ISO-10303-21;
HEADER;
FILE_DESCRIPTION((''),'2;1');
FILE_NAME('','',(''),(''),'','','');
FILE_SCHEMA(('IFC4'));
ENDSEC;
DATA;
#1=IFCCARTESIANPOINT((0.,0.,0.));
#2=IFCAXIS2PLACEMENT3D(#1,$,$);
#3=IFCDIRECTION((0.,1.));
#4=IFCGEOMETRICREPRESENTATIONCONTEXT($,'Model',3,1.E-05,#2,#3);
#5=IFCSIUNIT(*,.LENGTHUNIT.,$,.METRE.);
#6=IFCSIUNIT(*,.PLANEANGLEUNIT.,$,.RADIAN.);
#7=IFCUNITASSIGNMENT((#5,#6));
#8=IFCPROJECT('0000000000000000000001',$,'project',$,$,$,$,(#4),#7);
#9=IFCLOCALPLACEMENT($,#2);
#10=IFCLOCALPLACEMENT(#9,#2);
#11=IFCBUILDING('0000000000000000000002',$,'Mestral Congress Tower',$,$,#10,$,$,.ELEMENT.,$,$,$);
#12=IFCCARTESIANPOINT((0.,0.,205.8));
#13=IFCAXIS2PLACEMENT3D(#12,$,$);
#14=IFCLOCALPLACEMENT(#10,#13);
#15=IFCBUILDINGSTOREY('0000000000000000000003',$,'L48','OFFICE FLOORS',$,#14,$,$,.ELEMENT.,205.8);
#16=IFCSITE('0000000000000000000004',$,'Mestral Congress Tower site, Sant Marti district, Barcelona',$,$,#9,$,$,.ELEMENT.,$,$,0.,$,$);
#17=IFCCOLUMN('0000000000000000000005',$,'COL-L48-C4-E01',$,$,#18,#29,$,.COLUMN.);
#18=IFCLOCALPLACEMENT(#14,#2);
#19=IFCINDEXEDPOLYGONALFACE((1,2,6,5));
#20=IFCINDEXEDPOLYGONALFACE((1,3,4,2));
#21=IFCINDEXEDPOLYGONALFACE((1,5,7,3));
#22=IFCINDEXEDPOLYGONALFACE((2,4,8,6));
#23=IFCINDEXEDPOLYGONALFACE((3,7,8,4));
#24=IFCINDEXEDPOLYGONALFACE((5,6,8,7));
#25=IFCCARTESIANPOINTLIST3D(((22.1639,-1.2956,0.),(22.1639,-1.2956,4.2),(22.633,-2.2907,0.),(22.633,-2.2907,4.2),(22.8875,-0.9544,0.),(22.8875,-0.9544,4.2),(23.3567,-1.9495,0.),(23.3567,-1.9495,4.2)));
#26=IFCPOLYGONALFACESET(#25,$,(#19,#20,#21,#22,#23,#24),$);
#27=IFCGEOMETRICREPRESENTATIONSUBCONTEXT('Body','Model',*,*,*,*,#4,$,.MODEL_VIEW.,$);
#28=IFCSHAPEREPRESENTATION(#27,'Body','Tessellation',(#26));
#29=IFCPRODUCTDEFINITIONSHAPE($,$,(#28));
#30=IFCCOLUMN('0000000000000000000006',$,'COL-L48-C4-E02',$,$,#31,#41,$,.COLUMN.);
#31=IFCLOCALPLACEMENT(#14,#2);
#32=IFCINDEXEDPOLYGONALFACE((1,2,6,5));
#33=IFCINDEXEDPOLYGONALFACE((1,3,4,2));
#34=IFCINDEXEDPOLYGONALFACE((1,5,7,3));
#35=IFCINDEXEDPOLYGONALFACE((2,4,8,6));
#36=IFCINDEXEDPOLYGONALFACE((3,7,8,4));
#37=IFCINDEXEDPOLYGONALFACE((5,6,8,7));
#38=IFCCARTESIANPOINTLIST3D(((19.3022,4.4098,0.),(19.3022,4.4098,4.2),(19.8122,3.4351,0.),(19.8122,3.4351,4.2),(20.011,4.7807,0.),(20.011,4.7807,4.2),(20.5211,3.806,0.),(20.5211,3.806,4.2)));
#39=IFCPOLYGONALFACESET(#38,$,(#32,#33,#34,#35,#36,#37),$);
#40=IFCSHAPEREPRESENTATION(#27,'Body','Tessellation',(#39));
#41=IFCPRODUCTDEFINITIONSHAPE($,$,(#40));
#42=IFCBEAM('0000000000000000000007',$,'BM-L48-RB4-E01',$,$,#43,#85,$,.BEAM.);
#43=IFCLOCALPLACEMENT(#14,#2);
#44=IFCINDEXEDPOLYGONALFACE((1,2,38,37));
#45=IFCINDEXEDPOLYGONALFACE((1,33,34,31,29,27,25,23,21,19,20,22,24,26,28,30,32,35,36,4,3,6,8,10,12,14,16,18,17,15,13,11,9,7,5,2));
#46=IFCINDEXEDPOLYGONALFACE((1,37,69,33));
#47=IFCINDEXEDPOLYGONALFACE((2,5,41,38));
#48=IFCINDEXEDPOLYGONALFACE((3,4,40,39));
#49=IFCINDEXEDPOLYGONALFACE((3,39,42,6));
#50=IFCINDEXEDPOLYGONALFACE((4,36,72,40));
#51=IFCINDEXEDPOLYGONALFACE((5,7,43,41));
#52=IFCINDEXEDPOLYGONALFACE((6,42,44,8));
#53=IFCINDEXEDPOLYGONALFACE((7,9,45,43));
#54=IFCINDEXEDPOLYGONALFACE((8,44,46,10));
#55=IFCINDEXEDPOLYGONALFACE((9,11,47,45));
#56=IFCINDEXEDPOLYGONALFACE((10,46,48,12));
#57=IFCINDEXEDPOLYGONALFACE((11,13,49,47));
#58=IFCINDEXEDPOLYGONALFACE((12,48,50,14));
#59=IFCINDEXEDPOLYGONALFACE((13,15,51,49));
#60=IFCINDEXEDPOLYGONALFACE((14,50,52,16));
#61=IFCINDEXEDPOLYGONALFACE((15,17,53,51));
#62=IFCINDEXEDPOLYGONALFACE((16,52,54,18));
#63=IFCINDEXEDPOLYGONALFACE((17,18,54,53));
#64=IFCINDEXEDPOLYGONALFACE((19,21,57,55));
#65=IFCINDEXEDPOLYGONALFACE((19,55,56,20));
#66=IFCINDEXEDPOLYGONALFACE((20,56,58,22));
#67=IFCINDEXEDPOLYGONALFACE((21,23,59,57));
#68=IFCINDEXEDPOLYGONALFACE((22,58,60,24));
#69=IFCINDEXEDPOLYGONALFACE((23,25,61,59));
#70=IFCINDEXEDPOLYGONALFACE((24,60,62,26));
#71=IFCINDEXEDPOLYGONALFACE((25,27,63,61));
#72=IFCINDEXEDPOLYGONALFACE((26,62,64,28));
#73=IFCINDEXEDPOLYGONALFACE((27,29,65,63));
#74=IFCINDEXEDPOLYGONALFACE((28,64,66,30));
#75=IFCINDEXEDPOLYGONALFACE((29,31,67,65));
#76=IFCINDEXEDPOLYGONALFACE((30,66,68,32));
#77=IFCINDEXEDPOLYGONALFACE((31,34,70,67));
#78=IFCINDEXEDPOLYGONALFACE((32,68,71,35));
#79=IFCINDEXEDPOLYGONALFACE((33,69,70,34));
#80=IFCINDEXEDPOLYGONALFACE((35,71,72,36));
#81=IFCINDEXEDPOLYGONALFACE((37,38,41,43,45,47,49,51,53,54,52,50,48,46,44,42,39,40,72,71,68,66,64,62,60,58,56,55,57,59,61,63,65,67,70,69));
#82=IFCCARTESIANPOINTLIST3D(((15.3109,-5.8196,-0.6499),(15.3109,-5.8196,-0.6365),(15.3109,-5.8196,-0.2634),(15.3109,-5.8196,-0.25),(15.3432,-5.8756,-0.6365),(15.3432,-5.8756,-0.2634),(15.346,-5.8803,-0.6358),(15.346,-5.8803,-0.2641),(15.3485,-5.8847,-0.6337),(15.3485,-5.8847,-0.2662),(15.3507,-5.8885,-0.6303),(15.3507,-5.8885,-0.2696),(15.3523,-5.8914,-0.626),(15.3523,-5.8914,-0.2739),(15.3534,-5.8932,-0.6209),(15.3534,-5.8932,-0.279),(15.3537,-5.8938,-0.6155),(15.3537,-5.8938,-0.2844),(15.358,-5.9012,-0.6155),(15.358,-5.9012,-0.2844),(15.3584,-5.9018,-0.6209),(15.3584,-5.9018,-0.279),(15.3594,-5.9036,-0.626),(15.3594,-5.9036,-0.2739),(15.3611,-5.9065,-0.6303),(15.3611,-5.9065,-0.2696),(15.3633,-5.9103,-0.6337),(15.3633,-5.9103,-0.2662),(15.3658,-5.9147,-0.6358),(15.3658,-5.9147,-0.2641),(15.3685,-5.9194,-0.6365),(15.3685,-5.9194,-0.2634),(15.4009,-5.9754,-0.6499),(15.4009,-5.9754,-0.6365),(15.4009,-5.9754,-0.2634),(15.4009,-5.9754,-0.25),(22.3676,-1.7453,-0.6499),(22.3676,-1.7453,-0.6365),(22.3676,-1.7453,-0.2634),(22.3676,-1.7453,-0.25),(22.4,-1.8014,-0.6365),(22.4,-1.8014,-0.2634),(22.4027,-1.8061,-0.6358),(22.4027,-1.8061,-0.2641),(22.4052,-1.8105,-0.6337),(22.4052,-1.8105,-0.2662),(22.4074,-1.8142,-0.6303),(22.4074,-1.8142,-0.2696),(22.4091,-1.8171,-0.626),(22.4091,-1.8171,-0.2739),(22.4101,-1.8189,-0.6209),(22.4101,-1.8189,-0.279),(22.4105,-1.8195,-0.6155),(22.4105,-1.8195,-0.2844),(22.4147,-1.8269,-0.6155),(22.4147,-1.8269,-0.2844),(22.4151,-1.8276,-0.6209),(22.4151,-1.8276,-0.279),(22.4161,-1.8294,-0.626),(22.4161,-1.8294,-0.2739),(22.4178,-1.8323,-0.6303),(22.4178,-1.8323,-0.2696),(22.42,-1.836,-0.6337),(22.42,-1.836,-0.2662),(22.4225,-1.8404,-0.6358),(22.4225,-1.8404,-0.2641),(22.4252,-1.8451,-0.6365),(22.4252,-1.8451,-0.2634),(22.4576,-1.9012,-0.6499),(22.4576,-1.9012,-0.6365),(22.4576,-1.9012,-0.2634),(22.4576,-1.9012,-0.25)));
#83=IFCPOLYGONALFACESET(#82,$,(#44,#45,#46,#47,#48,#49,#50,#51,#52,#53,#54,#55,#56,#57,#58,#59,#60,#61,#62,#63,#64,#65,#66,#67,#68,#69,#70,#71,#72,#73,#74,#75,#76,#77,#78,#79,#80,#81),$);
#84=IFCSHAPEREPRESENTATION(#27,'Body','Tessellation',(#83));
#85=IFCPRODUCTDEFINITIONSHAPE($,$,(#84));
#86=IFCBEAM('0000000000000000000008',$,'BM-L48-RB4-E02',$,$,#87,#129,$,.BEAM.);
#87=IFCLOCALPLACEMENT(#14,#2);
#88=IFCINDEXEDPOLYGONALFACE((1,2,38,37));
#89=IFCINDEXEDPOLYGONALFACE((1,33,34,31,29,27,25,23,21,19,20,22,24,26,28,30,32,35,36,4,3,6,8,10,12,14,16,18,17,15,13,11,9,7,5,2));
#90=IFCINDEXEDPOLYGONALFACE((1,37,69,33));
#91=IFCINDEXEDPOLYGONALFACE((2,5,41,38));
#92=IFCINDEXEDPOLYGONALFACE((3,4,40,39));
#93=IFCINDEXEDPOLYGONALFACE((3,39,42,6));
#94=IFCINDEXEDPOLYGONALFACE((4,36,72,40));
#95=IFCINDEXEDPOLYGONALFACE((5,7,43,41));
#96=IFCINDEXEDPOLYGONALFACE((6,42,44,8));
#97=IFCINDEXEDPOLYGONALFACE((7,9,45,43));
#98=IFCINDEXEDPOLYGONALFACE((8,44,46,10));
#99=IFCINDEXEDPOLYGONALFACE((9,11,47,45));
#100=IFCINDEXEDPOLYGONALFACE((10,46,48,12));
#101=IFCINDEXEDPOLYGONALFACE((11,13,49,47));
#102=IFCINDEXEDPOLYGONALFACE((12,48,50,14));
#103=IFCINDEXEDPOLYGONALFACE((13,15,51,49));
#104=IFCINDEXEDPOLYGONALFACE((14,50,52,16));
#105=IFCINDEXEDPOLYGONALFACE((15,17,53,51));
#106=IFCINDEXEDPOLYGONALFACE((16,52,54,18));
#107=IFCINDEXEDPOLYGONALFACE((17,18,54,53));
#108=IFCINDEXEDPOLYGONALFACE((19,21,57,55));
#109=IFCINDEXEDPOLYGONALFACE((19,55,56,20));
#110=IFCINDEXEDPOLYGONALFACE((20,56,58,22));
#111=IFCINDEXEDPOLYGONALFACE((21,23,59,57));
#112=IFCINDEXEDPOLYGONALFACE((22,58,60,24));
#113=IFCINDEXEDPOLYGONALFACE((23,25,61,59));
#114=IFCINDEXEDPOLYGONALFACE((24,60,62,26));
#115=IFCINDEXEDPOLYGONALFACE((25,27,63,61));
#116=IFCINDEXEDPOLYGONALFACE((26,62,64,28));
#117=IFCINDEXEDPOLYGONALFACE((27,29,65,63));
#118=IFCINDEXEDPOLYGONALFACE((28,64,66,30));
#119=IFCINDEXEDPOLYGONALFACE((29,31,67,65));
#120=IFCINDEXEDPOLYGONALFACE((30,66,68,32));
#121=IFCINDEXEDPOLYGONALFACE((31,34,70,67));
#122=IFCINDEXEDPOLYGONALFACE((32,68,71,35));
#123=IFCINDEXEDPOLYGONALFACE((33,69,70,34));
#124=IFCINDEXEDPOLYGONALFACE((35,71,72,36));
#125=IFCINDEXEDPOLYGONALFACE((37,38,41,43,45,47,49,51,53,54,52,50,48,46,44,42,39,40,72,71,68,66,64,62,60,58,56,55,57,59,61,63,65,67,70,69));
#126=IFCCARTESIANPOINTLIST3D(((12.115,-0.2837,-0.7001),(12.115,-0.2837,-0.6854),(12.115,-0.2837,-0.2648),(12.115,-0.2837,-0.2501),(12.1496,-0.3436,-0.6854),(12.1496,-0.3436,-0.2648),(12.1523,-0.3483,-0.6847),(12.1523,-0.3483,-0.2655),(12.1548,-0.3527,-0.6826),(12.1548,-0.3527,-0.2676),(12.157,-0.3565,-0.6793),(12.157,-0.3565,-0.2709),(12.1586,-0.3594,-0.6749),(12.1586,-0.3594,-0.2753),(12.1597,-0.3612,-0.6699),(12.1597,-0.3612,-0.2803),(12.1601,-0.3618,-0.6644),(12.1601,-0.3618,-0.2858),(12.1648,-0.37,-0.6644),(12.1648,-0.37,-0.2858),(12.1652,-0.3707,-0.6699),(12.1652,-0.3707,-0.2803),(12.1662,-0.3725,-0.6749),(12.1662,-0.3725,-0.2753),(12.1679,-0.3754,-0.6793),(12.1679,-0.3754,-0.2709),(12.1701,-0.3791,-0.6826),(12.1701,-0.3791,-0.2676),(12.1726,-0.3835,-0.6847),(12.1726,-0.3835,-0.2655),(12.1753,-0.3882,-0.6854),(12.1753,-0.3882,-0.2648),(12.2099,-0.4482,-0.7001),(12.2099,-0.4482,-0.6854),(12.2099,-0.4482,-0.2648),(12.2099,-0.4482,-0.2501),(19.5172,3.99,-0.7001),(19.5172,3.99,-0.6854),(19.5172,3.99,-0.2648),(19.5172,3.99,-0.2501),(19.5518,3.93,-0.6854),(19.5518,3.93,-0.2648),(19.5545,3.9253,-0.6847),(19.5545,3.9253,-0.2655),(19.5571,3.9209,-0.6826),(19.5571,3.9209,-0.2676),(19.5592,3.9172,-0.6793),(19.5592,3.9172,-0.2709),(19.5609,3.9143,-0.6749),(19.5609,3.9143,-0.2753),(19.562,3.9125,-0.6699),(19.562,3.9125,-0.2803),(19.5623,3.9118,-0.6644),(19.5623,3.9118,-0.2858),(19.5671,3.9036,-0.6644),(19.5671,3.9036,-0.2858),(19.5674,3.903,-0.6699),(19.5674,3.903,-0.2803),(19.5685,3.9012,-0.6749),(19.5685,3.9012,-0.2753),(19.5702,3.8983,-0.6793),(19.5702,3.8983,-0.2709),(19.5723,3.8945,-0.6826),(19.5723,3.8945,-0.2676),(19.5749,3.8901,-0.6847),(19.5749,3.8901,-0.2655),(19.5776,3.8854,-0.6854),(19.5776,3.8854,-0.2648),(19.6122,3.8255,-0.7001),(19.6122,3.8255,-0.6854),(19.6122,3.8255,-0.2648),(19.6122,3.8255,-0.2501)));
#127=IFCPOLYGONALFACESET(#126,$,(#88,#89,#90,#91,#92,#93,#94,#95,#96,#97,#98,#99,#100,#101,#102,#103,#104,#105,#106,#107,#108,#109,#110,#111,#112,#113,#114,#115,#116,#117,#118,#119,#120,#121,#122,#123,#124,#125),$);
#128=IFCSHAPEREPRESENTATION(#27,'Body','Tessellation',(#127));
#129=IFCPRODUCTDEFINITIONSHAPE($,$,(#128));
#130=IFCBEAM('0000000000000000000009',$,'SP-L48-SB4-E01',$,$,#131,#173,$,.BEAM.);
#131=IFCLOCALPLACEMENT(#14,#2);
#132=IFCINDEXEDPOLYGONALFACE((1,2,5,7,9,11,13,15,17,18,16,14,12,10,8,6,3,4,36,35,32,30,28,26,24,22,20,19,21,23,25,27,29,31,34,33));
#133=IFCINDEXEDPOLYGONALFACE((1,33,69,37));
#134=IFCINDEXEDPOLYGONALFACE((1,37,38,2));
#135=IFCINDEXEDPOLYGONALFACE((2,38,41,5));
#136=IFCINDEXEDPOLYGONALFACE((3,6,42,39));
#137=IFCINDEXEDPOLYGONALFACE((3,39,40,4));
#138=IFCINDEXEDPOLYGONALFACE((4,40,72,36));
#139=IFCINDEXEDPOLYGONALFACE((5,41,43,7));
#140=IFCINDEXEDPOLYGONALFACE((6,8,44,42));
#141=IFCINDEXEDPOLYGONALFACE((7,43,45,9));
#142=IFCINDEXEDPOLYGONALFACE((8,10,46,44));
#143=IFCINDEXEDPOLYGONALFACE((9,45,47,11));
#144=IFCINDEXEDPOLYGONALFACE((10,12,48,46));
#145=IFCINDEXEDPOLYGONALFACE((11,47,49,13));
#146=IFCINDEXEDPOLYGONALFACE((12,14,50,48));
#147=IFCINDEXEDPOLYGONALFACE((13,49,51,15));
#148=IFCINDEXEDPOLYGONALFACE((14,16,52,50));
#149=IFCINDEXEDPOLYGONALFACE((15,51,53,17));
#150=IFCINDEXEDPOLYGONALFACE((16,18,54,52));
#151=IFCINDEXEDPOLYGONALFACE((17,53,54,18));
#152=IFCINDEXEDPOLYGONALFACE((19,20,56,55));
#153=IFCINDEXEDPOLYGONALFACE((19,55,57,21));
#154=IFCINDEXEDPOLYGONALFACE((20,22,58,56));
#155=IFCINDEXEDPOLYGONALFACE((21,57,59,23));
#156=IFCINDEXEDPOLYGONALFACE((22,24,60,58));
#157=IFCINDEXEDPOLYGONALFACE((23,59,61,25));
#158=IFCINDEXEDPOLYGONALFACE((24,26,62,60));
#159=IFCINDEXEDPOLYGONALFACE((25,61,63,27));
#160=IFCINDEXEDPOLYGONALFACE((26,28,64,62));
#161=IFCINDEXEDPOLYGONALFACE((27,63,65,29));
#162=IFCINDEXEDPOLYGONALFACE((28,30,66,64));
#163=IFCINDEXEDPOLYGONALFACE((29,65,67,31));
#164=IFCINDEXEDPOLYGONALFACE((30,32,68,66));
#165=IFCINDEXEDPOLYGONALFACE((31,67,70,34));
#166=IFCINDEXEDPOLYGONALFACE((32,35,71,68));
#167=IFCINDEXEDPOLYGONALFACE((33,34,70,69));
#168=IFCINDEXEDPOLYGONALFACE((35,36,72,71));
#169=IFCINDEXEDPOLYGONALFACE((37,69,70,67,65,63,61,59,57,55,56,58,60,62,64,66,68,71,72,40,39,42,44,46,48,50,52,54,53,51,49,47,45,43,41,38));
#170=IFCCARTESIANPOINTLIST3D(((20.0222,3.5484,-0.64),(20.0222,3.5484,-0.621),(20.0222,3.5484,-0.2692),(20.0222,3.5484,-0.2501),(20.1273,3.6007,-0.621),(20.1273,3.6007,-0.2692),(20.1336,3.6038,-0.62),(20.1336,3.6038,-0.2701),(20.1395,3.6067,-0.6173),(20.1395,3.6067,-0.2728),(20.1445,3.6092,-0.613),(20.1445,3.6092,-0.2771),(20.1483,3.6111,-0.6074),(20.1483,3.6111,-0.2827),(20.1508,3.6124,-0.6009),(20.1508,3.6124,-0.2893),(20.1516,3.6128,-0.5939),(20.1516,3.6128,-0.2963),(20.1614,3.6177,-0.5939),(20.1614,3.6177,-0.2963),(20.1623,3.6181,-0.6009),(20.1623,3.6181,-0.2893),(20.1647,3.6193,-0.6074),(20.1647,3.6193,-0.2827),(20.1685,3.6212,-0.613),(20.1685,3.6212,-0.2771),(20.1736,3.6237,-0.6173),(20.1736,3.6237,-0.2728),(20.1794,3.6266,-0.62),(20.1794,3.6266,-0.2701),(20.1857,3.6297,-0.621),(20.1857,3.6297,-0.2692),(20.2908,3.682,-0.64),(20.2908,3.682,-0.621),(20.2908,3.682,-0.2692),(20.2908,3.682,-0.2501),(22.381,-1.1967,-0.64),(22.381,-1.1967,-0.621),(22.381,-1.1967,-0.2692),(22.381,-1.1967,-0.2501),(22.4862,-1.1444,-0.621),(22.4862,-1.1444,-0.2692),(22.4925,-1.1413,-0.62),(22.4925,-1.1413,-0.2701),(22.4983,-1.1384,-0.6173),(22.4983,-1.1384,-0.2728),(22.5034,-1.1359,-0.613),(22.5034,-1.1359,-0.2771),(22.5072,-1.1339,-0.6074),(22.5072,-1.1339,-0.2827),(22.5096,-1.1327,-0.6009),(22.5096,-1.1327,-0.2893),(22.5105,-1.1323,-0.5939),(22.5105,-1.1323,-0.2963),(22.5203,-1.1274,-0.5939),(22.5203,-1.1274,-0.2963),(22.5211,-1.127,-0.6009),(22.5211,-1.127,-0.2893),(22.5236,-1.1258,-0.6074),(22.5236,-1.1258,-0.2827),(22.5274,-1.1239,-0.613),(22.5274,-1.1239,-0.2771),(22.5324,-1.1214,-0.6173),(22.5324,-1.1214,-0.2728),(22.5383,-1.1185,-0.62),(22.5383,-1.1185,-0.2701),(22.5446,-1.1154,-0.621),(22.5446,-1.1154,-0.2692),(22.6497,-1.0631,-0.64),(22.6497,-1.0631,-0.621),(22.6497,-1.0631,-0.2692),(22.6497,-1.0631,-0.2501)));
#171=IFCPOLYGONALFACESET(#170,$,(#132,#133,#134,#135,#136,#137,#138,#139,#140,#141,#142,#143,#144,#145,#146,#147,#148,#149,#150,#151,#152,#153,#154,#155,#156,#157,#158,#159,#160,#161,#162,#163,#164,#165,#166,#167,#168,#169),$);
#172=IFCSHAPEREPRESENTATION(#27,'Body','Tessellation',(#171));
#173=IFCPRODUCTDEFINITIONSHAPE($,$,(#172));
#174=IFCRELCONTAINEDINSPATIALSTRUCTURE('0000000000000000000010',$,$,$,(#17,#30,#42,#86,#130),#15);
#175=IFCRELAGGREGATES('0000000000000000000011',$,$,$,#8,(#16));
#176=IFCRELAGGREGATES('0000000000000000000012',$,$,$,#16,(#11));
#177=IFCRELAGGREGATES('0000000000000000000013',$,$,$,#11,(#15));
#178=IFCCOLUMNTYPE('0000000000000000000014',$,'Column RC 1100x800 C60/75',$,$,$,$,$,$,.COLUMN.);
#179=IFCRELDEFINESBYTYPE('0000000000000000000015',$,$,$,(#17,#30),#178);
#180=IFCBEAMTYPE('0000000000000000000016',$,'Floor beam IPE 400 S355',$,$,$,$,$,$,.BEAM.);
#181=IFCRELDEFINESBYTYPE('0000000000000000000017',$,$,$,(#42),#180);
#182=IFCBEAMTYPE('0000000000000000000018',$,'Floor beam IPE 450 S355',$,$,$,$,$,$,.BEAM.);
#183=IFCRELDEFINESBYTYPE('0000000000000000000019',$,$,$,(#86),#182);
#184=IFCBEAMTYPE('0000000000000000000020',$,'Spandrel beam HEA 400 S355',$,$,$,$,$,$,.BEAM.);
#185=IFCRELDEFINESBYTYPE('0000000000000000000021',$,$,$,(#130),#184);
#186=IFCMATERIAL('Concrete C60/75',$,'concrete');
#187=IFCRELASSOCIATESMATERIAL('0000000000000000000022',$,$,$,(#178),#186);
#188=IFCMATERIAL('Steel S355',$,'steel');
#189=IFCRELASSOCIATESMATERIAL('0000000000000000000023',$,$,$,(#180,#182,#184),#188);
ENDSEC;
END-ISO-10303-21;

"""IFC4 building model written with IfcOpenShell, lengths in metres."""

from ifc_helpers import new_model, si_unit, direction, frame, origin, origin_2d, place, context, subcontext, project, spatial, rectangle, i_section, extrude, material, material_profile, profile_set, type_object, element, save


model = new_model("IFC4")

# Units and contexts
model_context = context("Model", 3, precision=1e-05, world=origin(), true_north=direction((0.0, 1.0)))
body_context = subcontext(model_context, "Body", "Model", "MODEL_VIEW")
ifc_project = project(units=[si_unit("LENGTHUNIT", "METRE"), si_unit("PLANEANGLEUNIT", "RADIAN")], contexts=[model_context])

# Site, building, storey
site_placement = place(None, origin())
site = spatial("IfcSite", under=ifc_project, at=site_placement, Name="Mestral Congress Tower site, Sant Marti district, Barcelona", CompositionType="ELEMENT", RefElevation=0.0)
building_placement = place(site_placement, origin())
building = spatial("IfcBuilding", under=site, at=building_placement, Name="Mestral Congress Tower", CompositionType="ELEMENT")
storey_placement = place(building_placement, frame((0.0, 0.0, 205.8)))
storey = spatial("IfcBuildingStorey", under=building, at=storey_placement, Name="L48", Description="OFFICE FLOORS", CompositionType="ELEMENT", Elevation=205.8)

# Columns
ifc_material_1 = material(Name="Concrete C60/75", Category="concrete")
ifc_material_profile_1 = material_profile(ifc_material_1, rectangle(XDim=1.1001, YDim=0.8, at=origin_2d()), Name="RC 1100x800")
ifc_profile_set_1 = profile_set([ifc_material_profile_1], Name="Concrete C60/75")
column_type = type_object("IfcColumnType", Name="Column RC 1100x800 C60/75", PredefinedType="COLUMN", material=ifc_profile_set_1)
for number, where, z_axis, x_axis, name in (
    (1, (22.7603, -1.6226, 0.0), (0.0, 0.0, 1.0), (-0.426472, 0.904501, 0.0), "COL-L48-C4-E01"),
    (2, (19.9116, 4.1079, 0.0), (0.0, 0.0, 1.0), (-0.463636, 0.886026, 0.0), "COL-L48-C4-E02"),
):
    element("IfcColumn", number, at=place(storey_placement, frame(where, z_axis=z_axis, x_axis=x_axis)), inside=storey, type_object=column_type, Name=name, PredefinedType="COLUMN", context=body_context, shape_type="SweptSolid", body=[
        extrude(rectangle(XDim=1.1001, YDim=0.8, at=origin_2d()), origin(), (0.0, 0.0, 1.0), 4.2),
    ])

# Beams
ifc_material_2 = material(Name="Steel S355", Category="steel")
ifc_material_profile_2 = material_profile(ifc_material_2, i_section(OverallWidth=0.1799, OverallDepth=0.3999, WebThickness=0.0085, FlangeThickness=0.0134, FilletRadius=0.021, at=origin_2d()), Name="IPE 400")
ifc_profile_set_2 = profile_set([ifc_material_profile_2], Name="Steel S355")
beam_type_1 = type_object("IfcBeamType", Name="Floor beam IPE 400 S355", PredefinedType="BEAM", material=ifc_profile_set_2)
beam_1_placement = place(storey_placement, frame((22.4126, -1.8232, -0.45), z_axis=(-0.866022, -0.500006, 0.0), x_axis=(0.500006, -0.866022, 0.0)))
element("IfcBeam", 3, at=beam_1_placement, inside=storey, type_object=beam_type_1, Name="BM-L48-RB4-E01", PredefinedType="BEAM", context=body_context, shape_type="SweptSolid", body=[
    extrude(i_section(OverallWidth=0.1799, OverallDepth=0.3999, WebThickness=0.0085, FlangeThickness=0.0134, FilletRadius=0.021, at=origin_2d()), origin(), (0.0, 0.0, 1.0), 8.1484),
])
ifc_material_profile_3 = material_profile(ifc_material_2, i_section(OverallWidth=0.1899, OverallDepth=0.45, WebThickness=0.0095, FlangeThickness=0.0146, FilletRadius=0.021, at=origin_2d()), Name="IPE 450")
ifc_profile_set_3 = profile_set([ifc_material_profile_3], Name="Steel S355")
beam_type_2 = type_object("IfcBeamType", Name="Floor beam IPE 450 S355", PredefinedType="BEAM", material=ifc_profile_set_3)
beam_2_placement = place(storey_placement, frame((19.5647, 3.9077, -0.4751), z_axis=(-0.866029, -0.499994, 0.0), x_axis=(0.499994, -0.866029, 0.0)))
element("IfcBeam", 4, at=beam_2_placement, inside=storey, type_object=beam_type_2, Name="BM-L48-RB4-E02", PredefinedType="BEAM", context=body_context, shape_type="SweptSolid", body=[
    extrude(i_section(OverallWidth=0.1899, OverallDepth=0.45, WebThickness=0.0095, FlangeThickness=0.0146, FilletRadius=0.021, at=origin_2d()), origin(), (0.0, 0.0, 1.0), 8.5474),
])
ifc_material_profile_4 = material_profile(ifc_material_2, i_section(OverallWidth=0.3, OverallDepth=0.3899, WebThickness=0.011, FlangeThickness=0.019, FilletRadius=0.0271, at=origin_2d()), Name="HEA 400")
ifc_profile_set_4 = profile_set([ifc_material_profile_4], Name="Steel S355")
beam_type_3 = type_object("IfcBeamType", Name="Spandrel beam HEA 400 S355", PredefinedType="BEAM", material=ifc_profile_set_4)
beam_3_placement = place(storey_placement, frame((22.5154, -1.1299, -0.4451), z_axis=(-0.445148, 0.895457, 0.0), x_axis=(-0.895457, -0.445148, 0.0)))
element("IfcBeam", 5, at=beam_3_placement, inside=storey, type_object=beam_type_3, Name="SP-L48-SB4-E01", PredefinedType="BEAM", context=body_context, shape_type="SweptSolid", body=[
    extrude(i_section(OverallWidth=0.3, OverallDepth=0.3899, WebThickness=0.011, FlangeThickness=0.019, FilletRadius=0.0271, at=origin_2d()), origin(), (0.0, 0.0, 1.0), 5.2991),
])

save(model, "model.ifc")
